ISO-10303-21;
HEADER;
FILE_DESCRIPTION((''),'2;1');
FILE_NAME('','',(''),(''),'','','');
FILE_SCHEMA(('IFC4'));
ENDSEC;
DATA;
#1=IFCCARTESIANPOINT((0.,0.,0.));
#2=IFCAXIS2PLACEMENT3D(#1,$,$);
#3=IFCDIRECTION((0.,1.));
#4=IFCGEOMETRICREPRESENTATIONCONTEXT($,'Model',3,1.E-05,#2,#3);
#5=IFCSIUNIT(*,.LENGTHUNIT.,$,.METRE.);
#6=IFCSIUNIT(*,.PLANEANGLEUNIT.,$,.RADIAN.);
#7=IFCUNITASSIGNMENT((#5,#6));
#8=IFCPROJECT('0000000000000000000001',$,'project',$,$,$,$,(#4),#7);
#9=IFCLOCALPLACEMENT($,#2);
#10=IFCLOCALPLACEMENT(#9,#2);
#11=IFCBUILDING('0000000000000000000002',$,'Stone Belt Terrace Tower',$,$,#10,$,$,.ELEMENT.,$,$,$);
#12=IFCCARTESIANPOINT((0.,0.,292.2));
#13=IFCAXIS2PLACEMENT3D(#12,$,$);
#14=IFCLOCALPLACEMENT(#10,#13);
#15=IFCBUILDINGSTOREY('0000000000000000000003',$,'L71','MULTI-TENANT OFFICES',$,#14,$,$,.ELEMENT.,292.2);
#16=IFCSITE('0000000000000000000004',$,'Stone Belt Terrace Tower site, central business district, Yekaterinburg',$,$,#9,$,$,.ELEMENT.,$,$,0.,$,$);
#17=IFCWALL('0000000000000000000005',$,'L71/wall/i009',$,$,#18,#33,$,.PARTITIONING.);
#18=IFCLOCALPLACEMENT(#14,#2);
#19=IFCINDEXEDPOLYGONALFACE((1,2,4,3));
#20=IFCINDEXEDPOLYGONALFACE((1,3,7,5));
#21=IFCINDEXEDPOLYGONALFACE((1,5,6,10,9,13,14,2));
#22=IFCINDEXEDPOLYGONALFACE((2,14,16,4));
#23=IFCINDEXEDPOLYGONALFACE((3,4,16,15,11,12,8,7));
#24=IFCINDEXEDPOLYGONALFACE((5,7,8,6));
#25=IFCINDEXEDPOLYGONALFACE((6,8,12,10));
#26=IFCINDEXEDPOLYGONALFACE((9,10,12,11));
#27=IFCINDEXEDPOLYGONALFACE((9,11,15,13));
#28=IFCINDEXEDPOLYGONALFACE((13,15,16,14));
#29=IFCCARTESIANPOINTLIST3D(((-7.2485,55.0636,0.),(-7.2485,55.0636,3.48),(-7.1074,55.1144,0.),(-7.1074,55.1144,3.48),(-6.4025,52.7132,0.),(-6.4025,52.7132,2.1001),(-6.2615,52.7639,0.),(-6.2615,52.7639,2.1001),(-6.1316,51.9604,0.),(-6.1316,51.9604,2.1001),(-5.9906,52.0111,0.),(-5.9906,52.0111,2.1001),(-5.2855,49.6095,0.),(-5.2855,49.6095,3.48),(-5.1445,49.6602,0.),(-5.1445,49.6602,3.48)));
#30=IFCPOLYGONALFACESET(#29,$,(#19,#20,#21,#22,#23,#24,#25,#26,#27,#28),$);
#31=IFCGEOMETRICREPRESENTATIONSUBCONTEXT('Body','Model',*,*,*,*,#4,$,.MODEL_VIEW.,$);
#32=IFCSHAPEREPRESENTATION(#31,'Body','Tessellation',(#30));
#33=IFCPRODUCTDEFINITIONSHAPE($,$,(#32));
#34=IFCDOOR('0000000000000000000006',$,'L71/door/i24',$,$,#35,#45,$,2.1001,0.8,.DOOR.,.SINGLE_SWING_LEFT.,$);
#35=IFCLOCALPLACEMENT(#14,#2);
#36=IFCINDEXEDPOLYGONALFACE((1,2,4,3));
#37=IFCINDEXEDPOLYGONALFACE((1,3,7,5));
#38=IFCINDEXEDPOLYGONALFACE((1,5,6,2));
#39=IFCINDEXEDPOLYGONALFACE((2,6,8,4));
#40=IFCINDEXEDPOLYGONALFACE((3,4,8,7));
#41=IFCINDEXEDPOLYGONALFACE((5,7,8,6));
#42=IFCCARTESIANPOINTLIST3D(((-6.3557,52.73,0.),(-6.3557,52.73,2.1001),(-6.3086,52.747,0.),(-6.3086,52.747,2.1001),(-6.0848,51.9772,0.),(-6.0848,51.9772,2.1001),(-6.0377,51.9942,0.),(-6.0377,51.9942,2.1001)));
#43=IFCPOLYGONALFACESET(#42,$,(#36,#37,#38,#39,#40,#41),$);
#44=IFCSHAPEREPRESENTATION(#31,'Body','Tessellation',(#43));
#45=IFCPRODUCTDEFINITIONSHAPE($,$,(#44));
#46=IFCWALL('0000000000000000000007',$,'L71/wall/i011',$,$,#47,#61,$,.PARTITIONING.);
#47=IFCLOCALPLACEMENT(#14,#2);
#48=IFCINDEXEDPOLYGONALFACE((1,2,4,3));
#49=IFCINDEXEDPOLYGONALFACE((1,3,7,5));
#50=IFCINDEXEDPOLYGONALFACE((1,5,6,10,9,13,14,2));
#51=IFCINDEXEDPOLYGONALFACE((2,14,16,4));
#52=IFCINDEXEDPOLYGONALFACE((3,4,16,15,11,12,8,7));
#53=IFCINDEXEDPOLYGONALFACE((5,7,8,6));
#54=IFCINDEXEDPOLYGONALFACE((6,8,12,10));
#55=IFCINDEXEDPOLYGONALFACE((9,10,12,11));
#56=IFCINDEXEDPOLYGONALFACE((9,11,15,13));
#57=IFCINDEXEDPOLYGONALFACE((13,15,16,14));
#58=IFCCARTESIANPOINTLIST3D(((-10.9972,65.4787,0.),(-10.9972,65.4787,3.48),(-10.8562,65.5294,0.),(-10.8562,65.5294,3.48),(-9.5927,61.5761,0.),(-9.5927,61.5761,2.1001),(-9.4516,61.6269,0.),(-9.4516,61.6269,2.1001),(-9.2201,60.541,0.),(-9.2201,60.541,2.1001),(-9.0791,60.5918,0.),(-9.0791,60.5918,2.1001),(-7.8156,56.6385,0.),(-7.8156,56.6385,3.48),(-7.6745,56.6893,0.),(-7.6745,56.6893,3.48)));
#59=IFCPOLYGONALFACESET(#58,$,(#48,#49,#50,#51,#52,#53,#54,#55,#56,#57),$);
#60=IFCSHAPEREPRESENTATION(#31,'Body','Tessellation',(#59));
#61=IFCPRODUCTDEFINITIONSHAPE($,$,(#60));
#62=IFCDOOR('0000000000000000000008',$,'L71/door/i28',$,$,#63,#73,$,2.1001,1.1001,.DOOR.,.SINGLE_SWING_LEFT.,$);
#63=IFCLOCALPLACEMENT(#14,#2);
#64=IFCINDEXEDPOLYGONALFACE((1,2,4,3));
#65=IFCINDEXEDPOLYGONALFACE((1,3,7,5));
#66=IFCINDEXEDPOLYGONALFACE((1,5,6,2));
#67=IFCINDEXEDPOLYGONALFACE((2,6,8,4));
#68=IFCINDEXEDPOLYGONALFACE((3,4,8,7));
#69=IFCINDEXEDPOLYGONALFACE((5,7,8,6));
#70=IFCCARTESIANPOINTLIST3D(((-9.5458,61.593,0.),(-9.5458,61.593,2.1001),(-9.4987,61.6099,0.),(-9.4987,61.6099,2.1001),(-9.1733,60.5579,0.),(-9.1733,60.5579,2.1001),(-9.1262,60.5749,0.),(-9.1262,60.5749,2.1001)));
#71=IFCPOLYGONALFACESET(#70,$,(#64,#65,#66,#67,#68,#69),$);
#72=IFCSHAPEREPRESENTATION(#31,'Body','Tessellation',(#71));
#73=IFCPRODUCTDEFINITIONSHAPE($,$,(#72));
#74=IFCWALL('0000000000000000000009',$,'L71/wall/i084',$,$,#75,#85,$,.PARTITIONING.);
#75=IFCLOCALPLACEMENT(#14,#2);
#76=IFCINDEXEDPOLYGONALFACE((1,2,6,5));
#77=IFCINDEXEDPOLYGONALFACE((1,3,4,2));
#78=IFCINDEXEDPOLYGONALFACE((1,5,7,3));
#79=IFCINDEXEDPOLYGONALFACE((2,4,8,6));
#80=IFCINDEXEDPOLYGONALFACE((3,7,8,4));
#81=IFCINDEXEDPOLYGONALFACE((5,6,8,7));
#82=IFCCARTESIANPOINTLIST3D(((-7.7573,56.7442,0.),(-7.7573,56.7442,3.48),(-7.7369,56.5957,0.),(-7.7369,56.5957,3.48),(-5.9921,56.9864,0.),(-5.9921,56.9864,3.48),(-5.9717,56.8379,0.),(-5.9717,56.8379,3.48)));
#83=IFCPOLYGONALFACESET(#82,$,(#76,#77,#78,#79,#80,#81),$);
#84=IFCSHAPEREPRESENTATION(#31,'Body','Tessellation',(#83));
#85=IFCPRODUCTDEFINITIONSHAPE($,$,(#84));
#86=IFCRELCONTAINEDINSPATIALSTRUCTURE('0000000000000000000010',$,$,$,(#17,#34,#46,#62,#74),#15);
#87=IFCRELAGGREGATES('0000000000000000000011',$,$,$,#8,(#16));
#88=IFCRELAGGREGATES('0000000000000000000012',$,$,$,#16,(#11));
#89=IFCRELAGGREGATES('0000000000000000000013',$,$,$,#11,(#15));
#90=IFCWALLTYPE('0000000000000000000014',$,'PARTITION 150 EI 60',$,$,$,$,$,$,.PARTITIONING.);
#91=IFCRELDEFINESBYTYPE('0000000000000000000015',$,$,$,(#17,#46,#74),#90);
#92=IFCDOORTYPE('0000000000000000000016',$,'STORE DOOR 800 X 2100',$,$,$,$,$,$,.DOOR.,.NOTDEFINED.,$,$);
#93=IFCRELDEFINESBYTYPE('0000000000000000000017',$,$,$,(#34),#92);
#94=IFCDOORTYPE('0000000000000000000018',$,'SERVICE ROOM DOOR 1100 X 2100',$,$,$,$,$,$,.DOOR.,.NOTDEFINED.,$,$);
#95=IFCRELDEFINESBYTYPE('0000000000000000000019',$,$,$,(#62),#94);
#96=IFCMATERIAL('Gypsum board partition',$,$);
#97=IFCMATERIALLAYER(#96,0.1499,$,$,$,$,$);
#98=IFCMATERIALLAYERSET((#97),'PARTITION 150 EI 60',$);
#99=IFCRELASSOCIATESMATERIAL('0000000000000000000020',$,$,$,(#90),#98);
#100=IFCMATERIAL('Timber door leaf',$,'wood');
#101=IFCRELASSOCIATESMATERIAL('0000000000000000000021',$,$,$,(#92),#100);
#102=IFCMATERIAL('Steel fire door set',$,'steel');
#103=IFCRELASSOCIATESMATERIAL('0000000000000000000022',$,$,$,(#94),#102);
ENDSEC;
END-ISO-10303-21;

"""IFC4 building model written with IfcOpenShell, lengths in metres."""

from ifc_helpers import new_model, si_unit, direction, frame, frame_2d, origin, place, context, subcontext, project, spatial, rectangle, extrude, material, layer, layer_set, type_object, element, fill, save


model = new_model("IFC4")

# Units and contexts
model_context = context("Model", 3, precision=1e-05, world=origin(), true_north=direction((0.0, 1.0)))
body_context = subcontext(model_context, "Body", "Model", "MODEL_VIEW")
ifc_project = project(units=[si_unit("LENGTHUNIT", "METRE"), si_unit("PLANEANGLEUNIT", "RADIAN")], contexts=[model_context])

# Site, building, storey
site_placement = place(None, origin())
site = spatial("IfcSite", under=ifc_project, at=site_placement, Name="Stone Belt Terrace Tower site, central business district, Yekaterinburg", CompositionType="ELEMENT", RefElevation=0.0)
building_placement = place(site_placement, origin())
building = spatial("IfcBuilding", under=site, at=building_placement, Name="Stone Belt Terrace Tower", CompositionType="ELEMENT")
storey_placement = place(building_placement, frame((0.0, 0.0, 292.2)))
storey = spatial("IfcBuildingStorey", under=building, at=storey_placement, Name="L71", Description="MULTI-TENANT OFFICES", CompositionType="ELEMENT", Elevation=292.2)

# Shared definitions
ifc_material_1 = material(Name="Timber door leaf", Category="wood")

# Walls, openings, doors
ifc_material_2 = material(Name="Gypsum board partition")
ifc_layer_1 = layer(ifc_material_2, 0.1499)
ifc_layer_set_1 = layer_set([ifc_layer_1], Name="PARTITION 150 EI 60")
wall_type_1 = type_object("IfcWallType", Name="PARTITION 150 EI 60", PredefinedType="PARTITIONING", material=ifc_layer_set_1)
wall_1_placement = place(storey_placement, frame((-7.178, 55.0891, 0.0), z_axis=(0.0, 0.0, 1.0), x_axis=(0.33863, -0.94092, 0.0)))
wall_1 = element("IfcWall", 1, at=wall_1_placement, inside=storey, type_object=wall_type_1, Name="L71/wall/i009", PredefinedType="PARTITIONING", context=body_context, shape_type="SweptSolid", body=[
    extrude(rectangle(XDim=5.7966, YDim=0.1499, at=frame_2d((2.8984, 0.0))), origin(), (0.0, 0.0, 1.0), 3.48),
])
opening_1_placement = place(wall_1_placement, frame((2.4983, 0.0, 0.0)))
opening_1 = element("IfcOpeningElement", 2, at=opening_1_placement, cuts=wall_1, PredefinedType="OPENING", context=body_context, shape_type="SweptSolid", body=[
    extrude(rectangle(XDim=0.8, YDim=2.1001, at=frame_2d((0.3999, 1.05))), frame((0.0, 0.085, 0.0), z_axis=(0.0, -1.0, 0.0), x_axis=(1.0, 0.0, 0.0)), (0.0, 0.0, 1.0), 0.1699),
])
door_type_1 = type_object("IfcDoorType", Name="STORE DOOR 800 X 2100", OperationType="NOTDEFINED", PredefinedType="DOOR", material=ifc_material_1)
door_1_placement = place(opening_1_placement, origin())
door_1 = element("IfcDoor", 3, at=door_1_placement, inside=storey, type_object=door_type_1, Name="L71/door/i24", OperationType="SINGLE_SWING_LEFT", OverallHeight=2.1001, OverallWidth=0.8, PredefinedType="DOOR", context=body_context, shape_type="SweptSolid", body=[
    extrude(rectangle(XDim=0.8, YDim=2.1001, at=frame_2d((0.3999, 1.05))), frame((0.0, 0.0249, 0.0), z_axis=(0.0, -1.0, 0.0), x_axis=(1.0, 0.0, 0.0)), (0.0, 0.0, 1.0), 0.05),
])
fill(opening_1, door_1)
wall_2_placement = place(storey_placement, frame((-10.9268, 65.5042, 0.0), z_axis=(0.0, 0.0, 1.0), x_axis=(0.338645, -0.940914, 0.0)))
wall_2 = element("IfcWall", 4, at=wall_2_placement, inside=storey, type_object=wall_type_1, Name="L71/wall/i011", PredefinedType="PARTITIONING", context=body_context, shape_type="SweptSolid", body=[
    extrude(rectangle(XDim=9.3953, YDim=0.1499, at=frame_2d((4.6978, 0.0))), origin(), (0.0, 0.0, 1.0), 3.48),
])
opening_2_placement = place(wall_2_placement, frame((4.1477, 0.0, 0.0)))
opening_2 = element("IfcOpeningElement", 5, at=opening_2_placement, cuts=wall_2, PredefinedType="OPENING", context=body_context, shape_type="SweptSolid", body=[
    extrude(rectangle(XDim=1.1001, YDim=2.1001, at=frame_2d((0.55, 1.05))), frame((0.0, 0.085, 0.0), z_axis=(0.0, -1.0, 0.0), x_axis=(1.0, 0.0, 0.0)), (0.0, 0.0, 1.0), 0.1699),
])
ifc_material_3 = material(Name="Steel fire door set", Category="steel")
door_type_2 = type_object("IfcDoorType", Name="SERVICE ROOM DOOR 1100 X 2100", OperationType="NOTDEFINED", PredefinedType="DOOR", material=ifc_material_3)
door_2_placement = place(opening_2_placement, origin())
door_2 = element("IfcDoor", 6, at=door_2_placement, inside=storey, type_object=door_type_2, Name="L71/door/i28", OperationType="SINGLE_SWING_LEFT", OverallHeight=2.1001, OverallWidth=1.1001, PredefinedType="DOOR", context=body_context, shape_type="SweptSolid", body=[
    extrude(rectangle(XDim=1.1001, YDim=2.1001, at=frame_2d((0.55, 1.05))), frame((0.0, 0.0249, 0.0), z_axis=(0.0, -1.0, 0.0), x_axis=(1.0, 0.0, 0.0)), (0.0, 0.0, 1.0), 0.05),
])
fill(opening_2, door_2)

# Wall
wall_3_placement = place(storey_placement, frame((-7.7471, 56.6699, 0.0), z_axis=(0.0, 0.0, 1.0), x_axis=(0.990718, 0.135933, 0.0)))
element("IfcWall", 7, at=wall_3_placement, inside=storey, type_object=wall_type_1, Name="L71/wall/i084", PredefinedType="PARTITIONING", context=body_context, shape_type="SweptSolid", body=[
    extrude(rectangle(XDim=1.7817, YDim=0.1499, at=frame_2d((0.8909, 0.0))), origin(), (0.0, 0.0, 1.0), 3.48),
])

save(model, "model.ifc")
